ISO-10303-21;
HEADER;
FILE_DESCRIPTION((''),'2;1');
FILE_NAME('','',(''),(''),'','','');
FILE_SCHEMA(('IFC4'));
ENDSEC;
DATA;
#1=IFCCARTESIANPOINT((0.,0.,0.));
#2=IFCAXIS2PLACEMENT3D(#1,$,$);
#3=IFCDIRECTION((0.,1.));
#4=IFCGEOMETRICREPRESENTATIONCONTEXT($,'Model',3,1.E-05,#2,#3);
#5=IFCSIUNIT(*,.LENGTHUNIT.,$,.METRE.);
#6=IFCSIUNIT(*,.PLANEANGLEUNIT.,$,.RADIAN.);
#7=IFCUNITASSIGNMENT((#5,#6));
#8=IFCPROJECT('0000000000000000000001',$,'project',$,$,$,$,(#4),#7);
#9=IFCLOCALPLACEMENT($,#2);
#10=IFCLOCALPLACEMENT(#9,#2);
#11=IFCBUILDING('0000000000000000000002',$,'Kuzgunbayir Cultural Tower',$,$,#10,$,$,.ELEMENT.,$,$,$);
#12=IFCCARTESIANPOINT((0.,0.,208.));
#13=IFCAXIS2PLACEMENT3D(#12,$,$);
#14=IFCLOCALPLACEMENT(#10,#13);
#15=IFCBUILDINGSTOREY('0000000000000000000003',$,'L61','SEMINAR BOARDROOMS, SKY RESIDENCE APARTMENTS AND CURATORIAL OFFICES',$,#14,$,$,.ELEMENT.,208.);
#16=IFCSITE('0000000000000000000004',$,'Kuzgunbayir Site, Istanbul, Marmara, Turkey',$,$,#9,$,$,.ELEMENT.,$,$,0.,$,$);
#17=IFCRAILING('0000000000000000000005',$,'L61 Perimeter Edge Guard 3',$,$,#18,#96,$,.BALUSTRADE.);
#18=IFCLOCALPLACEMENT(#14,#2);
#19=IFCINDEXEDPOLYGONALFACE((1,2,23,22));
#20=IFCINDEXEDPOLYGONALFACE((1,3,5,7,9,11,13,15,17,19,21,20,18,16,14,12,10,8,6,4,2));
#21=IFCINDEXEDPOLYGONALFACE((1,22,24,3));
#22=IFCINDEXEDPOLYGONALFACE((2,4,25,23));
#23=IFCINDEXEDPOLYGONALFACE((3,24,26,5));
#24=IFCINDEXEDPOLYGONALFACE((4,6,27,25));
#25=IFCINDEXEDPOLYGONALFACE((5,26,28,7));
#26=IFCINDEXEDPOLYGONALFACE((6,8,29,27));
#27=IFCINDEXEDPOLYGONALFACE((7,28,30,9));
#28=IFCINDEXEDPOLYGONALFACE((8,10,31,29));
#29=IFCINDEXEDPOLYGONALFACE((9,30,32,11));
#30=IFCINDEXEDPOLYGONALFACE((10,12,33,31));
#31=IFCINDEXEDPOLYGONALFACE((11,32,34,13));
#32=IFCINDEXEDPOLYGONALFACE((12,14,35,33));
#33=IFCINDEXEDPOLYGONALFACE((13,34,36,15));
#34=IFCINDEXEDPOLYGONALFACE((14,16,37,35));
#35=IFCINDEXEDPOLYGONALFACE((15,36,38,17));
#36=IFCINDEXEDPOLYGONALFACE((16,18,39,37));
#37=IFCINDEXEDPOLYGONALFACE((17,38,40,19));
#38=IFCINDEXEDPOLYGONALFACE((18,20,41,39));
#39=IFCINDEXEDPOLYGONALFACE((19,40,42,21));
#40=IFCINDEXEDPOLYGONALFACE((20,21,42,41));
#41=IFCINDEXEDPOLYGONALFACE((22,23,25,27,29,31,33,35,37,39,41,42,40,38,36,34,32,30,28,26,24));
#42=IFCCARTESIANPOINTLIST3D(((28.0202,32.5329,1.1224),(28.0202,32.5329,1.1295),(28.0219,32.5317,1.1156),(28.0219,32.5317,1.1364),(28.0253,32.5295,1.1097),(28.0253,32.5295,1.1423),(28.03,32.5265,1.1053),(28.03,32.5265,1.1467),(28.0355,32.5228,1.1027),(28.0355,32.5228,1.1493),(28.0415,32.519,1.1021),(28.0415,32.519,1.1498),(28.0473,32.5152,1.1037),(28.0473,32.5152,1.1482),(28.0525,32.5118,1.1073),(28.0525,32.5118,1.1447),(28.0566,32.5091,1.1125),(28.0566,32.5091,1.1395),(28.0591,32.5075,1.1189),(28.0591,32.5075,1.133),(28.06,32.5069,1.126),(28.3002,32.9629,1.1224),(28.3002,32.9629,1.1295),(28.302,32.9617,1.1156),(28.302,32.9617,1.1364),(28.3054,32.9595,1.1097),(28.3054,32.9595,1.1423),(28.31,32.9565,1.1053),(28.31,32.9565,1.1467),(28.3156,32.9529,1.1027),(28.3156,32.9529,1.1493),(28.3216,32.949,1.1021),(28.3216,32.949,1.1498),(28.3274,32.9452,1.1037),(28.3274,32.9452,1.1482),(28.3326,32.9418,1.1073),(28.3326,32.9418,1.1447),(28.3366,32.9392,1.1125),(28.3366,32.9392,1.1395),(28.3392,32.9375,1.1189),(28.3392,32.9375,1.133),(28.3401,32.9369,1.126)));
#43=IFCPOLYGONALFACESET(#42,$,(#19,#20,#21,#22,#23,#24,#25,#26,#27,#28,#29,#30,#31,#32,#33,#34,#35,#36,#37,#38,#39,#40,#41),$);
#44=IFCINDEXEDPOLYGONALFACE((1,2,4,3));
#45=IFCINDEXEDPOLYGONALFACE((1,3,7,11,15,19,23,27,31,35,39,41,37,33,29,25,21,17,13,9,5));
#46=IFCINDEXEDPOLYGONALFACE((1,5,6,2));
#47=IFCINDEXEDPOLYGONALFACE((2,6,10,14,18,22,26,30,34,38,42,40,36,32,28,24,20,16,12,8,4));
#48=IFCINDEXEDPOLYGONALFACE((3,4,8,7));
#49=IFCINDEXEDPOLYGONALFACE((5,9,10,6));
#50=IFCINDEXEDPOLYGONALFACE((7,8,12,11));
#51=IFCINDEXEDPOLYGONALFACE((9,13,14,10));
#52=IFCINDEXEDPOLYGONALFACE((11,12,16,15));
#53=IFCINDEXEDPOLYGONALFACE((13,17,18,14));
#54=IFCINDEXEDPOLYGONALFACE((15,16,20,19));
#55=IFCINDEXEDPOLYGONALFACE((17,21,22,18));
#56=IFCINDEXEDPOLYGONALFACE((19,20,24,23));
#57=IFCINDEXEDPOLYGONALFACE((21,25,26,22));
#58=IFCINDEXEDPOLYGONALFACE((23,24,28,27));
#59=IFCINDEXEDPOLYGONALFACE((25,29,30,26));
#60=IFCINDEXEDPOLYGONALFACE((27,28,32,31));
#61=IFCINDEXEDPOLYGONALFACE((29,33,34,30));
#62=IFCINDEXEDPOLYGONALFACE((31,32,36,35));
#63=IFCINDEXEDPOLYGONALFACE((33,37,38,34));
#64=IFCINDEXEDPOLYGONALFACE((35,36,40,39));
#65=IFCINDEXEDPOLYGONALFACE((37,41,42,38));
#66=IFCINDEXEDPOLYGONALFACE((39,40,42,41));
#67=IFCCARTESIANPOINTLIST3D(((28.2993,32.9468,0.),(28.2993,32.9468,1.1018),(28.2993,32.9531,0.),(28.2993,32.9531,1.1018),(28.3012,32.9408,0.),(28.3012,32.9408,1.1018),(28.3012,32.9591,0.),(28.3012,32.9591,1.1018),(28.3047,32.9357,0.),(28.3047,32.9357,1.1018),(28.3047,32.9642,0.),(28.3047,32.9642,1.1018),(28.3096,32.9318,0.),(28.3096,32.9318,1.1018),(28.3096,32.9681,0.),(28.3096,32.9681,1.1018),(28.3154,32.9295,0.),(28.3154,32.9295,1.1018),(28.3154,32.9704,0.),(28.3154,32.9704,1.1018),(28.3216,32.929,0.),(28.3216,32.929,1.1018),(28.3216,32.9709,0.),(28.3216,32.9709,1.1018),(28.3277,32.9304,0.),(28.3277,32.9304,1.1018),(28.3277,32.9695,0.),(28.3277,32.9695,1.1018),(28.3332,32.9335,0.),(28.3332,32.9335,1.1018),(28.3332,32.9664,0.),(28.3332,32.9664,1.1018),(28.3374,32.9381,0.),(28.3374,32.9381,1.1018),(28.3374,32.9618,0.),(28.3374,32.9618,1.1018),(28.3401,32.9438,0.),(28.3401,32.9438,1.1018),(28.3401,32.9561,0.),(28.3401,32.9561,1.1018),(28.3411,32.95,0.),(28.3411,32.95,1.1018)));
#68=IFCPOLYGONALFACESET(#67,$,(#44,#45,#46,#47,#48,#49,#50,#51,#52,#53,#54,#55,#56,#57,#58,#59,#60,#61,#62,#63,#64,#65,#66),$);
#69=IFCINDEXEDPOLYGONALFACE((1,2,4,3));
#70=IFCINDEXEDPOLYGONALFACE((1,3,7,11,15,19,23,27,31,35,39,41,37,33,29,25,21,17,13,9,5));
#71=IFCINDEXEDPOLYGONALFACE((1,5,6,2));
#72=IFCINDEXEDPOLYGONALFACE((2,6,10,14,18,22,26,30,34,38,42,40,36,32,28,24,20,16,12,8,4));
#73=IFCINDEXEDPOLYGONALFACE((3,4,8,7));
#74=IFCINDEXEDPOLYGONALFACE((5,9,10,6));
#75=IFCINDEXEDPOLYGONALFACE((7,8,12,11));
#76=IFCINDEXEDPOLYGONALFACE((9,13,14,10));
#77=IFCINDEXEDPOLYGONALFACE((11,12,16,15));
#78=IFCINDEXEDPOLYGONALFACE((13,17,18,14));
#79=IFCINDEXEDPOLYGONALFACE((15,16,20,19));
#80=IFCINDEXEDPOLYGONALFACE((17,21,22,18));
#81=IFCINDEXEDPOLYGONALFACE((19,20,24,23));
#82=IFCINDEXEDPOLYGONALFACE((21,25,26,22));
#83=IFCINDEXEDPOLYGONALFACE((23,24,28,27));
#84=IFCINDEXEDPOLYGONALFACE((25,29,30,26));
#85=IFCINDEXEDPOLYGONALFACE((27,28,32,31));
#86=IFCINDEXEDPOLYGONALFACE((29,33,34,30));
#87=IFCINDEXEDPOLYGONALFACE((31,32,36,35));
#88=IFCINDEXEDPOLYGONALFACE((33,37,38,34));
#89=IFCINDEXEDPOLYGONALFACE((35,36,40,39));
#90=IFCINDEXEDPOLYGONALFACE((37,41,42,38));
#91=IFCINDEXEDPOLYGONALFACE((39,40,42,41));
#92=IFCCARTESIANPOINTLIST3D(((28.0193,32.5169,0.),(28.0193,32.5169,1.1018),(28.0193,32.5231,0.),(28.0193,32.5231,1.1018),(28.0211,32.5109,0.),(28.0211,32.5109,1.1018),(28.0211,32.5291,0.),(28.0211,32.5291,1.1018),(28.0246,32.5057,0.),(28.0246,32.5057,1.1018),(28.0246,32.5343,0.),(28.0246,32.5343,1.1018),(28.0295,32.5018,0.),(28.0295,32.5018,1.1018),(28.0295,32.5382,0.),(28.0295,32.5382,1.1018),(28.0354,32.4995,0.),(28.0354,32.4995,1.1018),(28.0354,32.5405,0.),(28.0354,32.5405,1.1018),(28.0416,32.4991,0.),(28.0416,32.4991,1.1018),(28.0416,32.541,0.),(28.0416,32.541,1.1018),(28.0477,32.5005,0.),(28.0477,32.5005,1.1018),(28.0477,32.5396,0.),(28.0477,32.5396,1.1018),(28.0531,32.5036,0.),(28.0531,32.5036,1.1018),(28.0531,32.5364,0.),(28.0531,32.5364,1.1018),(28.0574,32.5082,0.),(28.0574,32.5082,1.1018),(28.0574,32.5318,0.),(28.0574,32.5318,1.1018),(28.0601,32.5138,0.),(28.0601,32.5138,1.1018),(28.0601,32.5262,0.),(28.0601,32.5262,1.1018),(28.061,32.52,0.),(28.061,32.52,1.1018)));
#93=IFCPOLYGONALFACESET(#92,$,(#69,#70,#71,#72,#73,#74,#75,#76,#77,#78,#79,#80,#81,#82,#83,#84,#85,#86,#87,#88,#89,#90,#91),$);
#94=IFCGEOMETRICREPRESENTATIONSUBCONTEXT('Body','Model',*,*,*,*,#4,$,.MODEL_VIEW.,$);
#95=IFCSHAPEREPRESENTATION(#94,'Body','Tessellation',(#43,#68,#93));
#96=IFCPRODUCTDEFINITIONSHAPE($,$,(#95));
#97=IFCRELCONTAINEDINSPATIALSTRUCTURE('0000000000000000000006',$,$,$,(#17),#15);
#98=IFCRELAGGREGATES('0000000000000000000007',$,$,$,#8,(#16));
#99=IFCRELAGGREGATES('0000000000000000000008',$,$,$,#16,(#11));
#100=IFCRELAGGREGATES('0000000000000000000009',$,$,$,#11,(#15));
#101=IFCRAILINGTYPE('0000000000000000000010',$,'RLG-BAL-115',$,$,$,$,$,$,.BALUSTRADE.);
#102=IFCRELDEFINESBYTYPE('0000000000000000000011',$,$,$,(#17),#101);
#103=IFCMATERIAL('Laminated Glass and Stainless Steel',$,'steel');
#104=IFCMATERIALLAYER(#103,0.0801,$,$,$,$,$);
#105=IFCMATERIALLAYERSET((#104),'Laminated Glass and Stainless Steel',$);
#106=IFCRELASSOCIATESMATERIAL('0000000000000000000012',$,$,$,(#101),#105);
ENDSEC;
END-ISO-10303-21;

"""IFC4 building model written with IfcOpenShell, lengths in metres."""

from ifc_helpers import new_model, si_unit, direction, frame, origin, origin_2d, place, context, subcontext, project, spatial, circle, extrude, material, layer, layer_set, type_object, element, save


model = new_model("IFC4")

# Units and contexts
model_context = context("Model", 3, precision=1e-05, world=origin(), true_north=direction((0.0, 1.0)))
body_context = subcontext(model_context, "Body", "Model", "MODEL_VIEW")
ifc_project = project(units=[si_unit("LENGTHUNIT", "METRE"), si_unit("PLANEANGLEUNIT", "RADIAN")], contexts=[model_context])

# Site, building, storey
site_placement = place(None, origin())
site = spatial("IfcSite", under=ifc_project, at=site_placement, Name="Kuzgunbayir Site, Istanbul, Marmara, Turkey", CompositionType="ELEMENT", RefElevation=0.0)
building_placement = place(site_placement, origin())
building = spatial("IfcBuilding", under=site, at=building_placement, Name="Kuzgunbayir Cultural Tower", CompositionType="ELEMENT")
storey_placement = place(building_placement, frame((0.0, 0.0, 208.0)))
storey = spatial("IfcBuildingStorey", under=building, at=storey_placement, Name="L61", Description="SEMINAR BOARDROOMS, SKY RESIDENCE APARTMENTS AND CURATORIAL OFFICES", CompositionType="ELEMENT", Elevation=208.0)

# Railing
ifc_material_1 = material(Name="Laminated Glass and Stainless Steel", Category="steel")
ifc_layer_1 = layer(ifc_material_1, 0.0801)
ifc_layer_set_1 = layer_set([ifc_layer_1], Name="Laminated Glass and Stainless Steel")
railing_type = type_object("IfcRailingType", Name="RLG-BAL-115", PredefinedType="BALUSTRADE", material=ifc_layer_set_1)
railing_placement = place(storey_placement, frame((28.3201, 32.95, 0.0)))
element("IfcRailing", 1, at=railing_placement, inside=storey, type_object=railing_type, Name="L61 Perimeter Edge Guard 3", PredefinedType="BALUSTRADE", context=body_context, shape_type="SweptSolid", body=[
    extrude(circle(Radius=0.0239, at=origin_2d()), frame((0.0, 0.0, 1.126), z_axis=(-0.545774, -0.837932, 0.0), x_axis=(0.837932, -0.545774, 0.0)), (0.0, 0.0, 1.0), 0.5132),
    extrude(circle(Radius=0.021, at=origin_2d()), origin(), (0.0, 0.0, 1.0), 1.1018),
    extrude(circle(Radius=0.021, at=origin_2d()), frame((-0.28, -0.4299, 0.0)), (0.0, 0.0, 1.0), 1.1018),
])

save(model, "model.ifc")
